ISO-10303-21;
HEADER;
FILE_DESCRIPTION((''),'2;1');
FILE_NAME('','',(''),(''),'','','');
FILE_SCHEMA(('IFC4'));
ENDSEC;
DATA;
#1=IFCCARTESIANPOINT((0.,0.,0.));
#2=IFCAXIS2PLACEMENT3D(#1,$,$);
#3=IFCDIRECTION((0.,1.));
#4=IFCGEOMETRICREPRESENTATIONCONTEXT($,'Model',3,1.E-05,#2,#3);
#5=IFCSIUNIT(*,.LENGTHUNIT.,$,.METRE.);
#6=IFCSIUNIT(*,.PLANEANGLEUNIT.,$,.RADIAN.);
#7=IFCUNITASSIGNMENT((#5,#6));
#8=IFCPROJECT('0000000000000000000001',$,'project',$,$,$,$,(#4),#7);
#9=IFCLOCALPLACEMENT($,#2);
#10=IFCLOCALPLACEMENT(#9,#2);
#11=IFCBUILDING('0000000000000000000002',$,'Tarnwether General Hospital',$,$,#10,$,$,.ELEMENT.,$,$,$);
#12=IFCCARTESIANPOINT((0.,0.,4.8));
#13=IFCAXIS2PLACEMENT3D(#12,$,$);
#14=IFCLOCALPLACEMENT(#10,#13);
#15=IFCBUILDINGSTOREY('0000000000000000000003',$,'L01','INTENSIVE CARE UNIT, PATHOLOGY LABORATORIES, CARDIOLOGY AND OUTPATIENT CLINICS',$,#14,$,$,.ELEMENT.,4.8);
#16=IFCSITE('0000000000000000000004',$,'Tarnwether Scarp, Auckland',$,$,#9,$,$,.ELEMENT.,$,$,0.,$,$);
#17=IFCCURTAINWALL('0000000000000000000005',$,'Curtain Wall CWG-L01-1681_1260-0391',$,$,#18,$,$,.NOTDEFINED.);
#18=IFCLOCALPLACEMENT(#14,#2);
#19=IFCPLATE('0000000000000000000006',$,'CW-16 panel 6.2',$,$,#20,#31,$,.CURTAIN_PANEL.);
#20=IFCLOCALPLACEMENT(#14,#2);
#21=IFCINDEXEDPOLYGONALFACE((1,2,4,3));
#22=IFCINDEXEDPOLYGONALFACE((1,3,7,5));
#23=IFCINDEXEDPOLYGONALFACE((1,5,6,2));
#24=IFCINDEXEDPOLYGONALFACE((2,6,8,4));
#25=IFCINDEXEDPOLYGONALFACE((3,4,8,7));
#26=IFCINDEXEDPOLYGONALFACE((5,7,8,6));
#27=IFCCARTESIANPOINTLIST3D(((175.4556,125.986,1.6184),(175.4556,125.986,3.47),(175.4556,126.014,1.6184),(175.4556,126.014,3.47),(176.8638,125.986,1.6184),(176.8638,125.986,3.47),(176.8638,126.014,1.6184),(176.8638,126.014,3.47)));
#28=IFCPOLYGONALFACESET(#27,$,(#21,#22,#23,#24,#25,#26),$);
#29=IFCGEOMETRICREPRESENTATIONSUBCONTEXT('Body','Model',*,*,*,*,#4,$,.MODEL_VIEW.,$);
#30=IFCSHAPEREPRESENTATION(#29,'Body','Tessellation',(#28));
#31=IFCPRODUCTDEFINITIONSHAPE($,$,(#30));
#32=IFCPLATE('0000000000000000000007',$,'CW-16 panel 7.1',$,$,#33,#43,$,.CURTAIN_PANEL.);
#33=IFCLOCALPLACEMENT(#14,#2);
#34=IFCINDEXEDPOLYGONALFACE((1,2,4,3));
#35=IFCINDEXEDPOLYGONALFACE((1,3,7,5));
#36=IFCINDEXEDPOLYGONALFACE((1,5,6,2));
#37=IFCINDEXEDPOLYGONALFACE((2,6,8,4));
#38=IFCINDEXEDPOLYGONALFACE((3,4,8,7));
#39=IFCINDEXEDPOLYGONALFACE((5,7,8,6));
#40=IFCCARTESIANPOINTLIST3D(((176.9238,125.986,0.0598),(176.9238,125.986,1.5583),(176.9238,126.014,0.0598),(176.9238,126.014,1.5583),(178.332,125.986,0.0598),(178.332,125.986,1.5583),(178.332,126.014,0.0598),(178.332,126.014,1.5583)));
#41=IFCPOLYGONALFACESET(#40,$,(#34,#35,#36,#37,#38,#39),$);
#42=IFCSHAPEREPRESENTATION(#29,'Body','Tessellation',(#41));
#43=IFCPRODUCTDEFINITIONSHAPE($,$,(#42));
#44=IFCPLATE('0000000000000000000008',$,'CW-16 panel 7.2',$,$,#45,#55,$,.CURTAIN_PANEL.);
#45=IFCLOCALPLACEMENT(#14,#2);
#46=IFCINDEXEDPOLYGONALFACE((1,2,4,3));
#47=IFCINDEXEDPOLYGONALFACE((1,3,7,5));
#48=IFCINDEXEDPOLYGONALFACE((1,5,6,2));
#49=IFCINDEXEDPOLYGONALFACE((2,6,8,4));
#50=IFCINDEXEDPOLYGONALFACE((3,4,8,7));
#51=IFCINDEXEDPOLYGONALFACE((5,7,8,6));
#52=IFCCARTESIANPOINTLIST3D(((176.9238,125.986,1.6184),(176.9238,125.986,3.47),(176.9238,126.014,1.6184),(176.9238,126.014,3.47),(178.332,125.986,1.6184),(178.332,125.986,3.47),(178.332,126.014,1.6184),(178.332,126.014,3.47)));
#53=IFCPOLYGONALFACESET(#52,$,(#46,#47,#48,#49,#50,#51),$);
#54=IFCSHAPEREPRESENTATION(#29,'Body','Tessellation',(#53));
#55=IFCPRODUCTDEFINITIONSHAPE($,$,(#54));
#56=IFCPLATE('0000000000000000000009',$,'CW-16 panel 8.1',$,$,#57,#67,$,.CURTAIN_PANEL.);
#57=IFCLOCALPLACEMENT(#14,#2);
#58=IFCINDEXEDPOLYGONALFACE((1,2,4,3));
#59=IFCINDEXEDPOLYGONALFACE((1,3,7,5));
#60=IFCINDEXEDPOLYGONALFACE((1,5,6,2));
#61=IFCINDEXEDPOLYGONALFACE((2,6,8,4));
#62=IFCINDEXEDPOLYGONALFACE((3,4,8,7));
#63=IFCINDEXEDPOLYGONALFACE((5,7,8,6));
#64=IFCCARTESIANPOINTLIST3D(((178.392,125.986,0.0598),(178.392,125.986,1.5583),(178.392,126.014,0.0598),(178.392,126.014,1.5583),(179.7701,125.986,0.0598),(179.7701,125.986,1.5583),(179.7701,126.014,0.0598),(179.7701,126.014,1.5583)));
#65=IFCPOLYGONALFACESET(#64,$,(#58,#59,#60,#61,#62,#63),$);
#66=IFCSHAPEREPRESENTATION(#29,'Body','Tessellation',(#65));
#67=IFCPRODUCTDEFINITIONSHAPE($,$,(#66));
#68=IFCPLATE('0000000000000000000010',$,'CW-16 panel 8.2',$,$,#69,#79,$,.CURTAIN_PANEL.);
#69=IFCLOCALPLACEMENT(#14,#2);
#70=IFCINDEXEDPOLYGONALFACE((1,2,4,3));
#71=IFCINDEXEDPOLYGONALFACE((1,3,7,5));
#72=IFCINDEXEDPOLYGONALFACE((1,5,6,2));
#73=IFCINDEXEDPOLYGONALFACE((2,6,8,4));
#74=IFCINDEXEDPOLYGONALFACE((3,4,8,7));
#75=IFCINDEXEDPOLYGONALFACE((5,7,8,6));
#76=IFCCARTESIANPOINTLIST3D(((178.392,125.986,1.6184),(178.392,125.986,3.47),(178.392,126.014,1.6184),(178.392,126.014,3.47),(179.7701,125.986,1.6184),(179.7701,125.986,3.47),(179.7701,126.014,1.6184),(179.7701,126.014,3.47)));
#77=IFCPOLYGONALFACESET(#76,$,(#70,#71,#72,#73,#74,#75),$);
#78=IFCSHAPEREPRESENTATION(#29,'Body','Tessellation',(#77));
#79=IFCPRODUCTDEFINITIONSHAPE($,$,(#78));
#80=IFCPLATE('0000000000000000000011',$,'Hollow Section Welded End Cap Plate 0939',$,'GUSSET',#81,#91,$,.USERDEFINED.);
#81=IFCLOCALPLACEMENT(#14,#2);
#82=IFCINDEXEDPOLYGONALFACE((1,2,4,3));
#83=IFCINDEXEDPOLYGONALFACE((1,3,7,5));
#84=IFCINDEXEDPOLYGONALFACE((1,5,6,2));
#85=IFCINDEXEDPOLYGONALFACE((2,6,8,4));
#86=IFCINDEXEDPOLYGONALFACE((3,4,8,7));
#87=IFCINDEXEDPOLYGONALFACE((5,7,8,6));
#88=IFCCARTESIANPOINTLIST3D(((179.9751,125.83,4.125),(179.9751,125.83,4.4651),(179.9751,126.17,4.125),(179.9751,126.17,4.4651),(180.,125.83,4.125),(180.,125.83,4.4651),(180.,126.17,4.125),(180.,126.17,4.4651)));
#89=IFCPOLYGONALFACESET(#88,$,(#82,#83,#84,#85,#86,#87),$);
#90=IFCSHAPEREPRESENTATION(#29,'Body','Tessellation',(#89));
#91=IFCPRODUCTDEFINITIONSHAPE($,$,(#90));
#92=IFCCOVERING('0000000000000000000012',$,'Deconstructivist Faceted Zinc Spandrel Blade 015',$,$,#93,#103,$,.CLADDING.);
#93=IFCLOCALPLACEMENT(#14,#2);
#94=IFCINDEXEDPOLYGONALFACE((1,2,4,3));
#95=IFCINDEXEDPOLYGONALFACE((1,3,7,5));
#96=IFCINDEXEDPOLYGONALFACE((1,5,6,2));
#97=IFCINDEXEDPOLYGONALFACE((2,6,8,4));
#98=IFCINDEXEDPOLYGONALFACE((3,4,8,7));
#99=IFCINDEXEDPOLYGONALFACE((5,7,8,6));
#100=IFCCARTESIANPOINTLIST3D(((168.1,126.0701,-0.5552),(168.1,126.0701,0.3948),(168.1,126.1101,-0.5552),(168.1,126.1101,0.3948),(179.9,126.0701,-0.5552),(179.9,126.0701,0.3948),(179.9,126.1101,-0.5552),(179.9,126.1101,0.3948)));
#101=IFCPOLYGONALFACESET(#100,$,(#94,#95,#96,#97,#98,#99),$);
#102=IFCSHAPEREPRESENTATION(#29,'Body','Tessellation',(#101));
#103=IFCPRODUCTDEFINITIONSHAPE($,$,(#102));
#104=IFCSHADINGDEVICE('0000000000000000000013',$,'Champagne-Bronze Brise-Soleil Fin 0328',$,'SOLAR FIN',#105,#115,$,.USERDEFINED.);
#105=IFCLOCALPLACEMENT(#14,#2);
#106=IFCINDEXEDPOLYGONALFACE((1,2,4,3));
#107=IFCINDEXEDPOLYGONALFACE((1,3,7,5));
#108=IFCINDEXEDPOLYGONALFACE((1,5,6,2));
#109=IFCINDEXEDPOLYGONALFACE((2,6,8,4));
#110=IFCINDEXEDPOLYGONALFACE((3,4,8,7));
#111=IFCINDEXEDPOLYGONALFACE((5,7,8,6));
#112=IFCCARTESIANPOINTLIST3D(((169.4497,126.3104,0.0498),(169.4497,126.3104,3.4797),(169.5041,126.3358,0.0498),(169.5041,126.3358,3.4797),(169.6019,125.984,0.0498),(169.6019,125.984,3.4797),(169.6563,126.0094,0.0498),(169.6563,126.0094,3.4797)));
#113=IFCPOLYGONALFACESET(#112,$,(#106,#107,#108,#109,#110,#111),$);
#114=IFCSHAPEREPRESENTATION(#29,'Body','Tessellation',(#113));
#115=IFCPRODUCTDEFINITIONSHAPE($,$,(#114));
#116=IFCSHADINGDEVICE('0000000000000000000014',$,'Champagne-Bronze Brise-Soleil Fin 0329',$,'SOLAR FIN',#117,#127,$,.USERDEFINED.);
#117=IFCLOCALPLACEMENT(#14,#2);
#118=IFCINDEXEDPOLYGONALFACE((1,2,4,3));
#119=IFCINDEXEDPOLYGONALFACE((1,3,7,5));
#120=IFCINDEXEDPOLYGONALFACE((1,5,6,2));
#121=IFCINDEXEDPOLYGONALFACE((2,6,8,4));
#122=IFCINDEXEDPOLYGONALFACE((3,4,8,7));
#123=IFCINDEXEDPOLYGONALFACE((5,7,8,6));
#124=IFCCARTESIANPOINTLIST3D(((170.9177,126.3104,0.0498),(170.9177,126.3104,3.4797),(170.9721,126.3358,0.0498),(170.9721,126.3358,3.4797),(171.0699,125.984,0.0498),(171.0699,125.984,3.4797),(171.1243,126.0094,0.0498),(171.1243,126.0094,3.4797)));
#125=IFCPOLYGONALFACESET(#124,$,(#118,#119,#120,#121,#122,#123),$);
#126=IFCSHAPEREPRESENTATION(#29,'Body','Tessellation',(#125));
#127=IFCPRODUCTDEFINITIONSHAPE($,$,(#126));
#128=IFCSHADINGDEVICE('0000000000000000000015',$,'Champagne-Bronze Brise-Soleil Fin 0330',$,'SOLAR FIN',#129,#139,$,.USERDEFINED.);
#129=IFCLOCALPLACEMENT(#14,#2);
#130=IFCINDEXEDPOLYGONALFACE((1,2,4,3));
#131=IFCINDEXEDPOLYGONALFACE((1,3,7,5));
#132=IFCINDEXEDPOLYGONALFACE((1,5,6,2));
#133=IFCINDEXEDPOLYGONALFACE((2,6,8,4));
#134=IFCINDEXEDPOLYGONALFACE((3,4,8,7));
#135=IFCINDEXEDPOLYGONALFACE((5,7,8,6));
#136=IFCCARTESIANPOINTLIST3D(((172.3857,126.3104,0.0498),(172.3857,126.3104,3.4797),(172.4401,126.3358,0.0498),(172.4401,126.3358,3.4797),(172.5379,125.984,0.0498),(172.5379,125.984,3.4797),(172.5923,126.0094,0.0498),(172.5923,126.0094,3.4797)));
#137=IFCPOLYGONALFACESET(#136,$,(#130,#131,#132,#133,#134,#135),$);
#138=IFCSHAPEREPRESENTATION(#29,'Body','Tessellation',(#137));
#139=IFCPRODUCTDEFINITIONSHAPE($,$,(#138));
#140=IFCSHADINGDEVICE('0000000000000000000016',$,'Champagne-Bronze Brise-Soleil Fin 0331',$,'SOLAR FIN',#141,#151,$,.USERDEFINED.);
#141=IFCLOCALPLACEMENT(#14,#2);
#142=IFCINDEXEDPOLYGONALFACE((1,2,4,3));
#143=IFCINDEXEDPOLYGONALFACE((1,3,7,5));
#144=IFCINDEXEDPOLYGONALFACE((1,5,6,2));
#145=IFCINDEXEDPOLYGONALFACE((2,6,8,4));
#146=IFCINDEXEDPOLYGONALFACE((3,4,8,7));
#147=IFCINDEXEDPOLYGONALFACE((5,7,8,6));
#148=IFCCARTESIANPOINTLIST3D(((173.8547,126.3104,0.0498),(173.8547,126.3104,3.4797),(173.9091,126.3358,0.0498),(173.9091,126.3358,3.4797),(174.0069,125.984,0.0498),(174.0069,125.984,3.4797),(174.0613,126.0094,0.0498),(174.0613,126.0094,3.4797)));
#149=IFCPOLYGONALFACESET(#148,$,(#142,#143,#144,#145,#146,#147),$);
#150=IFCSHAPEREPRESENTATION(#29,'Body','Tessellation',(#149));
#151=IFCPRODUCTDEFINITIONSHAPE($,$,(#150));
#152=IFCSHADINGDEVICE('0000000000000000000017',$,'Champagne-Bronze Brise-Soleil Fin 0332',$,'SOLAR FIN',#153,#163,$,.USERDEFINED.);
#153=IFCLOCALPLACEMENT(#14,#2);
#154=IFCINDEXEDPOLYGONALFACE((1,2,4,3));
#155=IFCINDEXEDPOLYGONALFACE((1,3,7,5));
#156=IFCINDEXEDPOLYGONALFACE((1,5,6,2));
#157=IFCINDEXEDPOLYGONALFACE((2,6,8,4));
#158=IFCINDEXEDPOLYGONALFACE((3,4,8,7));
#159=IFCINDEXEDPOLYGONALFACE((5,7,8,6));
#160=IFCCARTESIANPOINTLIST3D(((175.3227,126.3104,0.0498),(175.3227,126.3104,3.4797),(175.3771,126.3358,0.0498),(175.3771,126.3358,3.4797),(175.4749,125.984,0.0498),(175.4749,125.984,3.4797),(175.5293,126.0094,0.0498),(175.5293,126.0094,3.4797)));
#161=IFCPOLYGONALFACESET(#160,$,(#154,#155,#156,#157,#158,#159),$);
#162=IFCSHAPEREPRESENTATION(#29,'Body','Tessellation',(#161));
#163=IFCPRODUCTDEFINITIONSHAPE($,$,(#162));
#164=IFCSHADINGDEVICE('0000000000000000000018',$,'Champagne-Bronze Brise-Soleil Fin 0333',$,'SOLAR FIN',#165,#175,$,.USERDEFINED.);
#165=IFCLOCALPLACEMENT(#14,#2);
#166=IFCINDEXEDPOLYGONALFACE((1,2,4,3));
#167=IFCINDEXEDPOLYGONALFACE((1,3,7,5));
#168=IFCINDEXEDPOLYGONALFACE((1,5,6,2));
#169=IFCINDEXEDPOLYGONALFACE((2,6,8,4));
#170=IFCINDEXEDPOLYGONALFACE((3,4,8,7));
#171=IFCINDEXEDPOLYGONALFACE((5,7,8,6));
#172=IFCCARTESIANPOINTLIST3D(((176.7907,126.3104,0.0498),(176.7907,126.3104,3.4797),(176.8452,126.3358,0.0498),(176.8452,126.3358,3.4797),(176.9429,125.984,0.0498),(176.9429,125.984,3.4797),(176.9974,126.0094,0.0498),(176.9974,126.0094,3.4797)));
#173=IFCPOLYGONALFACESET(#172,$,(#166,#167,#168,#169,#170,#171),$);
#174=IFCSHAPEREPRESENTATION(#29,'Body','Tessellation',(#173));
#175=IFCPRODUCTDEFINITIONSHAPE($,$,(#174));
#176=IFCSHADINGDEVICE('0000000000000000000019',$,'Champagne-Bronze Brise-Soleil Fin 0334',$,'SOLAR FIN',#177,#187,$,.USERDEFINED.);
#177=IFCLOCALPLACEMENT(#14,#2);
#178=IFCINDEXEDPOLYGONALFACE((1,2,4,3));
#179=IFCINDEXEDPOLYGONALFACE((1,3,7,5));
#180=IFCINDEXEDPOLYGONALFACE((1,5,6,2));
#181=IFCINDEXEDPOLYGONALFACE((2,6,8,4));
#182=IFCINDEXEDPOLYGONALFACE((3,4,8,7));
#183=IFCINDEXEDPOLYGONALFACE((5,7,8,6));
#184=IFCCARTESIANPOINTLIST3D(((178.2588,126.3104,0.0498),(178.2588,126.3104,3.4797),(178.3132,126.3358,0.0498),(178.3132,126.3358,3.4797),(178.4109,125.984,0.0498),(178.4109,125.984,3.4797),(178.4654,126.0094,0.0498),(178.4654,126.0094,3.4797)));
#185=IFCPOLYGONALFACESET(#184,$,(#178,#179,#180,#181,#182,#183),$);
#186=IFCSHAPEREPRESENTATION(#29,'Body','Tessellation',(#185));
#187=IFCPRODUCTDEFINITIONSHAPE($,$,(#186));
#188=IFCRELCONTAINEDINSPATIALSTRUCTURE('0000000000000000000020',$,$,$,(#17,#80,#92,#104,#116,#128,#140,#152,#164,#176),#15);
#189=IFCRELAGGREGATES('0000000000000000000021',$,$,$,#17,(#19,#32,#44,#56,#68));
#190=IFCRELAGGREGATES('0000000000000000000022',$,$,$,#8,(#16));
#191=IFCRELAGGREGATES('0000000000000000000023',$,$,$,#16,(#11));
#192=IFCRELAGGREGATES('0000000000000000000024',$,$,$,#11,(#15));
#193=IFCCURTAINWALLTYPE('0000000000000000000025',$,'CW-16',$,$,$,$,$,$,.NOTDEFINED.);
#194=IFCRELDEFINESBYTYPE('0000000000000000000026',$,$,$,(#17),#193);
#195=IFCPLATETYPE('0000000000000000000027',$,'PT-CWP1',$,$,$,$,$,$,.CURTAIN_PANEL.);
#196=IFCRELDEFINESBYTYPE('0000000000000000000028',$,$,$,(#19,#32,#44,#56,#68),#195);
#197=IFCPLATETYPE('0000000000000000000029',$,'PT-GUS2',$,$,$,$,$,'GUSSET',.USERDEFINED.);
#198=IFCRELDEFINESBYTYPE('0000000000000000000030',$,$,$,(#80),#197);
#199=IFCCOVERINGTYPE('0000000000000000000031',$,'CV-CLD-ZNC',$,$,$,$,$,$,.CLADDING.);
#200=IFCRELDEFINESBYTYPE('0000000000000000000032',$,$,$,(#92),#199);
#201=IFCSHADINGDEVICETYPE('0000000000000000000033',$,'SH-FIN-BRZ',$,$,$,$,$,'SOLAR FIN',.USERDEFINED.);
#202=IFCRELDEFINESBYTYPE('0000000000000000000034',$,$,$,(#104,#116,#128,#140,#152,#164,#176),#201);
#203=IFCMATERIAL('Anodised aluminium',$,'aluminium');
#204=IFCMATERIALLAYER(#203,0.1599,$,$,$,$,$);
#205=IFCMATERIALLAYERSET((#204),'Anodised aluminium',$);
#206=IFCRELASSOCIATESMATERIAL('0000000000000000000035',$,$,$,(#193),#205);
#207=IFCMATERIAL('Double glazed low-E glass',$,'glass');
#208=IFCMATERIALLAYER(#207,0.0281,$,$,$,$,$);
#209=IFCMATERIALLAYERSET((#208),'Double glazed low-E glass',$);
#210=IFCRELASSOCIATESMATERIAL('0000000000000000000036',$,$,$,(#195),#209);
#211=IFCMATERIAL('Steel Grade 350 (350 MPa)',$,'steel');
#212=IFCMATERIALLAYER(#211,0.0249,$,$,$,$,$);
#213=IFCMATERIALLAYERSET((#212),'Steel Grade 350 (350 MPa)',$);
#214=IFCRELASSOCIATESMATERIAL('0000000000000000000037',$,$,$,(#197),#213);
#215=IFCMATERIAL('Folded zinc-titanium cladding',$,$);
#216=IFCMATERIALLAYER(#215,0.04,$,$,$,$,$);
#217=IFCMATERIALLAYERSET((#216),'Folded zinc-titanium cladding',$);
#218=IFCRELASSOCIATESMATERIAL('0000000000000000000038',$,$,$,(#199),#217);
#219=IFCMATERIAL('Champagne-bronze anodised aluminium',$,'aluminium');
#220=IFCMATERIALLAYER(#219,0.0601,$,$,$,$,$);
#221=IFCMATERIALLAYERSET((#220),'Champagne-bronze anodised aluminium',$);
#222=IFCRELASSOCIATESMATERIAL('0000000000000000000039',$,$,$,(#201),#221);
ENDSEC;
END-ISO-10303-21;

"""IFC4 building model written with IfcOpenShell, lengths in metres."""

from ifc_helpers import new_model, si_unit, direction, frame, origin, origin_2d, place, context, subcontext, project, spatial, rectangle, extrude, material, layer, layer_set, type_object, element, aggregate, save


model = new_model("IFC4")

# Units and contexts
model_context = context("Model", 3, precision=1e-05, world=origin(), true_north=direction((0.0, 1.0)))
body_context = subcontext(model_context, "Body", "Model", "MODEL_VIEW")
ifc_project = project(units=[si_unit("LENGTHUNIT", "METRE"), si_unit("PLANEANGLEUNIT", "RADIAN")], contexts=[model_context])

# Site, building, storey
site_placement = place(None, origin())
site = spatial("IfcSite", under=ifc_project, at=site_placement, Name="Tarnwether Scarp, Auckland", CompositionType="ELEMENT", RefElevation=0.0)
building_placement = place(site_placement, origin())
building = spatial("IfcBuilding", under=site, at=building_placement, Name="Tarnwether General Hospital", CompositionType="ELEMENT")
storey_placement = place(building_placement, frame((0.0, 0.0, 4.8)))
storey = spatial("IfcBuildingStorey", under=building, at=storey_placement, Name="L01", Description="INTENSIVE CARE UNIT, PATHOLOGY LABORATORIES, CARDIOLOGY AND OUTPATIENT CLINICS", CompositionType="ELEMENT", Elevation=4.8)

# Curtain wall, plates
ifc_material_1 = material(Name="Anodised aluminium", Category="aluminium")
ifc_layer_1 = layer(ifc_material_1, 0.1599)
ifc_layer_set_1 = layer_set([ifc_layer_1], Name="Anodised aluminium")
curtain_wall_type = type_object("IfcCurtainWallType", Name="CW-16", PredefinedType="NOTDEFINED", material=ifc_layer_set_1)
curtain_wall_placement = place(storey_placement, origin())
curtain_wall = element("IfcCurtainWall", 1, at=curtain_wall_placement, inside=storey, type_object=curtain_wall_type, Name="Curtain Wall CWG-L01-1681_1260-0391", PredefinedType="NOTDEFINED")
ifc_material_2 = material(Name="Double glazed low-E glass", Category="glass")
ifc_layer_2 = layer(ifc_material_2, 0.0281)
ifc_layer_set_2 = layer_set([ifc_layer_2], Name="Double glazed low-E glass")
plate_type_1 = type_object("IfcPlateType", Name="PT-CWP1", PredefinedType="CURTAIN_PANEL", material=ifc_layer_set_2)
plate_1_placement = place(storey_placement, frame((176.1597, 126.0, 1.6184), z_axis=(0.0, 0.0, 1.0), x_axis=(1.0, 0.0, 0.0)))
plate_1 = element("IfcPlate", 2, at=plate_1_placement, type_object=plate_type_1, Name="CW-16 panel 6.2", PredefinedType="CURTAIN_PANEL", context=body_context, shape_type="SweptSolid", body=[
    extrude(rectangle(XDim=1.4082, YDim=0.0281, at=origin_2d()), origin(), (0.0, 0.0, 1.0), 1.8516),
])
plate_2_placement = place(storey_placement, frame((177.6279, 126.0, 0.0598), z_axis=(0.0, 0.0, 1.0), x_axis=(1.0, 0.0, 0.0)))
plate_2 = element("IfcPlate", 3, at=plate_2_placement, type_object=plate_type_1, Name="CW-16 panel 7.1", PredefinedType="CURTAIN_PANEL", context=body_context, shape_type="SweptSolid", body=[
    extrude(rectangle(XDim=1.4082, YDim=0.0281, at=origin_2d()), origin(), (0.0, 0.0, 1.0), 1.4985),
])
plate_3_placement = place(storey_placement, frame((177.6279, 126.0, 1.6184), z_axis=(0.0, 0.0, 1.0), x_axis=(1.0, 0.0, 0.0)))
plate_3 = element("IfcPlate", 4, at=plate_3_placement, type_object=plate_type_1, Name="CW-16 panel 7.2", PredefinedType="CURTAIN_PANEL", context=body_context, shape_type="SweptSolid", body=[
    extrude(rectangle(XDim=1.4082, YDim=0.0281, at=origin_2d()), origin(), (0.0, 0.0, 1.0), 1.8516),
])
plate_4_placement = place(storey_placement, frame((179.0811, 126.0, 0.0598), z_axis=(0.0, 0.0, 1.0), x_axis=(1.0, 0.0, 0.0)))
plate_4 = element("IfcPlate", 5, at=plate_4_placement, type_object=plate_type_1, Name="CW-16 panel 8.1", PredefinedType="CURTAIN_PANEL", context=body_context, shape_type="SweptSolid", body=[
    extrude(rectangle(XDim=1.3782, YDim=0.0281, at=origin_2d()), origin(), (0.0, 0.0, 1.0), 1.4985),
])
plate_5_placement = place(storey_placement, frame((179.0811, 126.0, 1.6184), z_axis=(0.0, 0.0, 1.0), x_axis=(1.0, 0.0, 0.0)))
plate_5 = element("IfcPlate", 6, at=plate_5_placement, type_object=plate_type_1, Name="CW-16 panel 8.2", PredefinedType="CURTAIN_PANEL", context=body_context, shape_type="SweptSolid", body=[
    extrude(rectangle(XDim=1.3782, YDim=0.0281, at=origin_2d()), origin(), (0.0, 0.0, 1.0), 1.8516),
])
aggregate(curtain_wall, [plate_1, plate_2, plate_3, plate_4, plate_5])

# Plate
ifc_material_3 = material(Name="Steel Grade 350 (350 MPa)", Category="steel")
ifc_layer_3 = layer(ifc_material_3, 0.0249)
ifc_layer_set_3 = layer_set([ifc_layer_3], Name="Steel Grade 350 (350 MPa)")
plate_type_2 = type_object("IfcPlateType", Name="PT-GUS2", ElementType="GUSSET", PredefinedType="USERDEFINED", material=ifc_layer_set_3)
plate_6_placement = place(storey_placement, frame((179.9875, 126.0, 4.125), z_axis=(0.0, 0.0, 1.0), x_axis=(1.0, 0.0, 0.0)))
element("IfcPlate", 7, at=plate_6_placement, inside=storey, type_object=plate_type_2, Name="Hollow Section Welded End Cap Plate 0939", ObjectType="GUSSET", PredefinedType="USERDEFINED", context=body_context, shape_type="SweptSolid", body=[
    extrude(rectangle(XDim=0.0249, YDim=0.3401, at=origin_2d()), origin(), (0.0, 0.0, 1.0), 0.3401),
])

# Covering
ifc_material_4 = material(Name="Folded zinc-titanium cladding")
ifc_layer_4 = layer(ifc_material_4, 0.04)
ifc_layer_set_4 = layer_set([ifc_layer_4], Name="Folded zinc-titanium cladding")
covering_type = type_object("IfcCoveringType", Name="CV-CLD-ZNC", PredefinedType="CLADDING", material=ifc_layer_set_4)
covering_placement = place(storey_placement, frame((174.0, 126.0901, -0.5552), z_axis=(0.0, 0.0, 1.0), x_axis=(1.0, 0.0, 0.0)))
element("IfcCovering", 8, at=covering_placement, inside=storey, type_object=covering_type, Name="Deconstructivist Faceted Zinc Spandrel Blade 015", PredefinedType="CLADDING", context=body_context, shape_type="SweptSolid", body=[
    extrude(rectangle(XDim=11.8, YDim=0.04, at=origin_2d()), origin(), (0.0, 0.0, 1.0), 0.95),
])

# Shading devices
ifc_material_5 = material(Name="Champagne-bronze anodised aluminium", Category="aluminium")
ifc_layer_5 = layer(ifc_material_5, 0.0601)
ifc_layer_set_5 = layer_set([ifc_layer_5], Name="Champagne-bronze anodised aluminium")
shading_device_type = type_object("IfcShadingDeviceType", Name="SH-FIN-BRZ", ElementType="SOLAR FIN", PredefinedType="USERDEFINED", material=ifc_layer_set_5)
for number, where, z_axis, x_axis, name in (
    (9, (169.553, 126.1599, 0.0498), (0.0, 0.0, 1.0), (0.906308, 0.422618, 0.0), "Champagne-Bronze Brise-Soleil Fin 0328"),
    (10, (171.021, 126.1599, 0.0498), (0.0, 0.0, 1.0), (0.906308, 0.422618, 0.0), "Champagne-Bronze Brise-Soleil Fin 0329"),
    (11, (172.489, 126.1599, 0.0498), (0.0, 0.0, 1.0), (0.906308, 0.422618, 0.0), "Champagne-Bronze Brise-Soleil Fin 0330"),
    (12, (173.958, 126.1599, 0.0498), (0.0, 0.0, 1.0), (0.906308, 0.422618, 0.0), "Champagne-Bronze Brise-Soleil Fin 0331"),
    (13, (175.426, 126.1599, 0.0498), (0.0, 0.0, 1.0), (0.906308, 0.422618, 0.0), "Champagne-Bronze Brise-Soleil Fin 0332"),
    (14, (176.894, 126.1599, 0.0498), (0.0, 0.0, 1.0), (0.906308, 0.422618, 0.0), "Champagne-Bronze Brise-Soleil Fin 0333"),
    (15, (178.3621, 126.1599, 0.0498), (0.0, 0.0, 1.0), (0.906308, 0.422618, 0.0), "Champagne-Bronze Brise-Soleil Fin 0334"),
):
    element("IfcShadingDevice", number, at=place(storey_placement, frame(where, z_axis=z_axis, x_axis=x_axis)), inside=storey, type_object=shading_device_type, Name=name, ObjectType="SOLAR FIN", PredefinedType="USERDEFINED", context=body_context, shape_type="SweptSolid", body=[
        extrude(rectangle(XDim=0.0601, YDim=0.3601, at=origin_2d()), origin(), (0.0, 0.0, 1.0), 3.4299),
    ])

save(model, "model.ifc")
